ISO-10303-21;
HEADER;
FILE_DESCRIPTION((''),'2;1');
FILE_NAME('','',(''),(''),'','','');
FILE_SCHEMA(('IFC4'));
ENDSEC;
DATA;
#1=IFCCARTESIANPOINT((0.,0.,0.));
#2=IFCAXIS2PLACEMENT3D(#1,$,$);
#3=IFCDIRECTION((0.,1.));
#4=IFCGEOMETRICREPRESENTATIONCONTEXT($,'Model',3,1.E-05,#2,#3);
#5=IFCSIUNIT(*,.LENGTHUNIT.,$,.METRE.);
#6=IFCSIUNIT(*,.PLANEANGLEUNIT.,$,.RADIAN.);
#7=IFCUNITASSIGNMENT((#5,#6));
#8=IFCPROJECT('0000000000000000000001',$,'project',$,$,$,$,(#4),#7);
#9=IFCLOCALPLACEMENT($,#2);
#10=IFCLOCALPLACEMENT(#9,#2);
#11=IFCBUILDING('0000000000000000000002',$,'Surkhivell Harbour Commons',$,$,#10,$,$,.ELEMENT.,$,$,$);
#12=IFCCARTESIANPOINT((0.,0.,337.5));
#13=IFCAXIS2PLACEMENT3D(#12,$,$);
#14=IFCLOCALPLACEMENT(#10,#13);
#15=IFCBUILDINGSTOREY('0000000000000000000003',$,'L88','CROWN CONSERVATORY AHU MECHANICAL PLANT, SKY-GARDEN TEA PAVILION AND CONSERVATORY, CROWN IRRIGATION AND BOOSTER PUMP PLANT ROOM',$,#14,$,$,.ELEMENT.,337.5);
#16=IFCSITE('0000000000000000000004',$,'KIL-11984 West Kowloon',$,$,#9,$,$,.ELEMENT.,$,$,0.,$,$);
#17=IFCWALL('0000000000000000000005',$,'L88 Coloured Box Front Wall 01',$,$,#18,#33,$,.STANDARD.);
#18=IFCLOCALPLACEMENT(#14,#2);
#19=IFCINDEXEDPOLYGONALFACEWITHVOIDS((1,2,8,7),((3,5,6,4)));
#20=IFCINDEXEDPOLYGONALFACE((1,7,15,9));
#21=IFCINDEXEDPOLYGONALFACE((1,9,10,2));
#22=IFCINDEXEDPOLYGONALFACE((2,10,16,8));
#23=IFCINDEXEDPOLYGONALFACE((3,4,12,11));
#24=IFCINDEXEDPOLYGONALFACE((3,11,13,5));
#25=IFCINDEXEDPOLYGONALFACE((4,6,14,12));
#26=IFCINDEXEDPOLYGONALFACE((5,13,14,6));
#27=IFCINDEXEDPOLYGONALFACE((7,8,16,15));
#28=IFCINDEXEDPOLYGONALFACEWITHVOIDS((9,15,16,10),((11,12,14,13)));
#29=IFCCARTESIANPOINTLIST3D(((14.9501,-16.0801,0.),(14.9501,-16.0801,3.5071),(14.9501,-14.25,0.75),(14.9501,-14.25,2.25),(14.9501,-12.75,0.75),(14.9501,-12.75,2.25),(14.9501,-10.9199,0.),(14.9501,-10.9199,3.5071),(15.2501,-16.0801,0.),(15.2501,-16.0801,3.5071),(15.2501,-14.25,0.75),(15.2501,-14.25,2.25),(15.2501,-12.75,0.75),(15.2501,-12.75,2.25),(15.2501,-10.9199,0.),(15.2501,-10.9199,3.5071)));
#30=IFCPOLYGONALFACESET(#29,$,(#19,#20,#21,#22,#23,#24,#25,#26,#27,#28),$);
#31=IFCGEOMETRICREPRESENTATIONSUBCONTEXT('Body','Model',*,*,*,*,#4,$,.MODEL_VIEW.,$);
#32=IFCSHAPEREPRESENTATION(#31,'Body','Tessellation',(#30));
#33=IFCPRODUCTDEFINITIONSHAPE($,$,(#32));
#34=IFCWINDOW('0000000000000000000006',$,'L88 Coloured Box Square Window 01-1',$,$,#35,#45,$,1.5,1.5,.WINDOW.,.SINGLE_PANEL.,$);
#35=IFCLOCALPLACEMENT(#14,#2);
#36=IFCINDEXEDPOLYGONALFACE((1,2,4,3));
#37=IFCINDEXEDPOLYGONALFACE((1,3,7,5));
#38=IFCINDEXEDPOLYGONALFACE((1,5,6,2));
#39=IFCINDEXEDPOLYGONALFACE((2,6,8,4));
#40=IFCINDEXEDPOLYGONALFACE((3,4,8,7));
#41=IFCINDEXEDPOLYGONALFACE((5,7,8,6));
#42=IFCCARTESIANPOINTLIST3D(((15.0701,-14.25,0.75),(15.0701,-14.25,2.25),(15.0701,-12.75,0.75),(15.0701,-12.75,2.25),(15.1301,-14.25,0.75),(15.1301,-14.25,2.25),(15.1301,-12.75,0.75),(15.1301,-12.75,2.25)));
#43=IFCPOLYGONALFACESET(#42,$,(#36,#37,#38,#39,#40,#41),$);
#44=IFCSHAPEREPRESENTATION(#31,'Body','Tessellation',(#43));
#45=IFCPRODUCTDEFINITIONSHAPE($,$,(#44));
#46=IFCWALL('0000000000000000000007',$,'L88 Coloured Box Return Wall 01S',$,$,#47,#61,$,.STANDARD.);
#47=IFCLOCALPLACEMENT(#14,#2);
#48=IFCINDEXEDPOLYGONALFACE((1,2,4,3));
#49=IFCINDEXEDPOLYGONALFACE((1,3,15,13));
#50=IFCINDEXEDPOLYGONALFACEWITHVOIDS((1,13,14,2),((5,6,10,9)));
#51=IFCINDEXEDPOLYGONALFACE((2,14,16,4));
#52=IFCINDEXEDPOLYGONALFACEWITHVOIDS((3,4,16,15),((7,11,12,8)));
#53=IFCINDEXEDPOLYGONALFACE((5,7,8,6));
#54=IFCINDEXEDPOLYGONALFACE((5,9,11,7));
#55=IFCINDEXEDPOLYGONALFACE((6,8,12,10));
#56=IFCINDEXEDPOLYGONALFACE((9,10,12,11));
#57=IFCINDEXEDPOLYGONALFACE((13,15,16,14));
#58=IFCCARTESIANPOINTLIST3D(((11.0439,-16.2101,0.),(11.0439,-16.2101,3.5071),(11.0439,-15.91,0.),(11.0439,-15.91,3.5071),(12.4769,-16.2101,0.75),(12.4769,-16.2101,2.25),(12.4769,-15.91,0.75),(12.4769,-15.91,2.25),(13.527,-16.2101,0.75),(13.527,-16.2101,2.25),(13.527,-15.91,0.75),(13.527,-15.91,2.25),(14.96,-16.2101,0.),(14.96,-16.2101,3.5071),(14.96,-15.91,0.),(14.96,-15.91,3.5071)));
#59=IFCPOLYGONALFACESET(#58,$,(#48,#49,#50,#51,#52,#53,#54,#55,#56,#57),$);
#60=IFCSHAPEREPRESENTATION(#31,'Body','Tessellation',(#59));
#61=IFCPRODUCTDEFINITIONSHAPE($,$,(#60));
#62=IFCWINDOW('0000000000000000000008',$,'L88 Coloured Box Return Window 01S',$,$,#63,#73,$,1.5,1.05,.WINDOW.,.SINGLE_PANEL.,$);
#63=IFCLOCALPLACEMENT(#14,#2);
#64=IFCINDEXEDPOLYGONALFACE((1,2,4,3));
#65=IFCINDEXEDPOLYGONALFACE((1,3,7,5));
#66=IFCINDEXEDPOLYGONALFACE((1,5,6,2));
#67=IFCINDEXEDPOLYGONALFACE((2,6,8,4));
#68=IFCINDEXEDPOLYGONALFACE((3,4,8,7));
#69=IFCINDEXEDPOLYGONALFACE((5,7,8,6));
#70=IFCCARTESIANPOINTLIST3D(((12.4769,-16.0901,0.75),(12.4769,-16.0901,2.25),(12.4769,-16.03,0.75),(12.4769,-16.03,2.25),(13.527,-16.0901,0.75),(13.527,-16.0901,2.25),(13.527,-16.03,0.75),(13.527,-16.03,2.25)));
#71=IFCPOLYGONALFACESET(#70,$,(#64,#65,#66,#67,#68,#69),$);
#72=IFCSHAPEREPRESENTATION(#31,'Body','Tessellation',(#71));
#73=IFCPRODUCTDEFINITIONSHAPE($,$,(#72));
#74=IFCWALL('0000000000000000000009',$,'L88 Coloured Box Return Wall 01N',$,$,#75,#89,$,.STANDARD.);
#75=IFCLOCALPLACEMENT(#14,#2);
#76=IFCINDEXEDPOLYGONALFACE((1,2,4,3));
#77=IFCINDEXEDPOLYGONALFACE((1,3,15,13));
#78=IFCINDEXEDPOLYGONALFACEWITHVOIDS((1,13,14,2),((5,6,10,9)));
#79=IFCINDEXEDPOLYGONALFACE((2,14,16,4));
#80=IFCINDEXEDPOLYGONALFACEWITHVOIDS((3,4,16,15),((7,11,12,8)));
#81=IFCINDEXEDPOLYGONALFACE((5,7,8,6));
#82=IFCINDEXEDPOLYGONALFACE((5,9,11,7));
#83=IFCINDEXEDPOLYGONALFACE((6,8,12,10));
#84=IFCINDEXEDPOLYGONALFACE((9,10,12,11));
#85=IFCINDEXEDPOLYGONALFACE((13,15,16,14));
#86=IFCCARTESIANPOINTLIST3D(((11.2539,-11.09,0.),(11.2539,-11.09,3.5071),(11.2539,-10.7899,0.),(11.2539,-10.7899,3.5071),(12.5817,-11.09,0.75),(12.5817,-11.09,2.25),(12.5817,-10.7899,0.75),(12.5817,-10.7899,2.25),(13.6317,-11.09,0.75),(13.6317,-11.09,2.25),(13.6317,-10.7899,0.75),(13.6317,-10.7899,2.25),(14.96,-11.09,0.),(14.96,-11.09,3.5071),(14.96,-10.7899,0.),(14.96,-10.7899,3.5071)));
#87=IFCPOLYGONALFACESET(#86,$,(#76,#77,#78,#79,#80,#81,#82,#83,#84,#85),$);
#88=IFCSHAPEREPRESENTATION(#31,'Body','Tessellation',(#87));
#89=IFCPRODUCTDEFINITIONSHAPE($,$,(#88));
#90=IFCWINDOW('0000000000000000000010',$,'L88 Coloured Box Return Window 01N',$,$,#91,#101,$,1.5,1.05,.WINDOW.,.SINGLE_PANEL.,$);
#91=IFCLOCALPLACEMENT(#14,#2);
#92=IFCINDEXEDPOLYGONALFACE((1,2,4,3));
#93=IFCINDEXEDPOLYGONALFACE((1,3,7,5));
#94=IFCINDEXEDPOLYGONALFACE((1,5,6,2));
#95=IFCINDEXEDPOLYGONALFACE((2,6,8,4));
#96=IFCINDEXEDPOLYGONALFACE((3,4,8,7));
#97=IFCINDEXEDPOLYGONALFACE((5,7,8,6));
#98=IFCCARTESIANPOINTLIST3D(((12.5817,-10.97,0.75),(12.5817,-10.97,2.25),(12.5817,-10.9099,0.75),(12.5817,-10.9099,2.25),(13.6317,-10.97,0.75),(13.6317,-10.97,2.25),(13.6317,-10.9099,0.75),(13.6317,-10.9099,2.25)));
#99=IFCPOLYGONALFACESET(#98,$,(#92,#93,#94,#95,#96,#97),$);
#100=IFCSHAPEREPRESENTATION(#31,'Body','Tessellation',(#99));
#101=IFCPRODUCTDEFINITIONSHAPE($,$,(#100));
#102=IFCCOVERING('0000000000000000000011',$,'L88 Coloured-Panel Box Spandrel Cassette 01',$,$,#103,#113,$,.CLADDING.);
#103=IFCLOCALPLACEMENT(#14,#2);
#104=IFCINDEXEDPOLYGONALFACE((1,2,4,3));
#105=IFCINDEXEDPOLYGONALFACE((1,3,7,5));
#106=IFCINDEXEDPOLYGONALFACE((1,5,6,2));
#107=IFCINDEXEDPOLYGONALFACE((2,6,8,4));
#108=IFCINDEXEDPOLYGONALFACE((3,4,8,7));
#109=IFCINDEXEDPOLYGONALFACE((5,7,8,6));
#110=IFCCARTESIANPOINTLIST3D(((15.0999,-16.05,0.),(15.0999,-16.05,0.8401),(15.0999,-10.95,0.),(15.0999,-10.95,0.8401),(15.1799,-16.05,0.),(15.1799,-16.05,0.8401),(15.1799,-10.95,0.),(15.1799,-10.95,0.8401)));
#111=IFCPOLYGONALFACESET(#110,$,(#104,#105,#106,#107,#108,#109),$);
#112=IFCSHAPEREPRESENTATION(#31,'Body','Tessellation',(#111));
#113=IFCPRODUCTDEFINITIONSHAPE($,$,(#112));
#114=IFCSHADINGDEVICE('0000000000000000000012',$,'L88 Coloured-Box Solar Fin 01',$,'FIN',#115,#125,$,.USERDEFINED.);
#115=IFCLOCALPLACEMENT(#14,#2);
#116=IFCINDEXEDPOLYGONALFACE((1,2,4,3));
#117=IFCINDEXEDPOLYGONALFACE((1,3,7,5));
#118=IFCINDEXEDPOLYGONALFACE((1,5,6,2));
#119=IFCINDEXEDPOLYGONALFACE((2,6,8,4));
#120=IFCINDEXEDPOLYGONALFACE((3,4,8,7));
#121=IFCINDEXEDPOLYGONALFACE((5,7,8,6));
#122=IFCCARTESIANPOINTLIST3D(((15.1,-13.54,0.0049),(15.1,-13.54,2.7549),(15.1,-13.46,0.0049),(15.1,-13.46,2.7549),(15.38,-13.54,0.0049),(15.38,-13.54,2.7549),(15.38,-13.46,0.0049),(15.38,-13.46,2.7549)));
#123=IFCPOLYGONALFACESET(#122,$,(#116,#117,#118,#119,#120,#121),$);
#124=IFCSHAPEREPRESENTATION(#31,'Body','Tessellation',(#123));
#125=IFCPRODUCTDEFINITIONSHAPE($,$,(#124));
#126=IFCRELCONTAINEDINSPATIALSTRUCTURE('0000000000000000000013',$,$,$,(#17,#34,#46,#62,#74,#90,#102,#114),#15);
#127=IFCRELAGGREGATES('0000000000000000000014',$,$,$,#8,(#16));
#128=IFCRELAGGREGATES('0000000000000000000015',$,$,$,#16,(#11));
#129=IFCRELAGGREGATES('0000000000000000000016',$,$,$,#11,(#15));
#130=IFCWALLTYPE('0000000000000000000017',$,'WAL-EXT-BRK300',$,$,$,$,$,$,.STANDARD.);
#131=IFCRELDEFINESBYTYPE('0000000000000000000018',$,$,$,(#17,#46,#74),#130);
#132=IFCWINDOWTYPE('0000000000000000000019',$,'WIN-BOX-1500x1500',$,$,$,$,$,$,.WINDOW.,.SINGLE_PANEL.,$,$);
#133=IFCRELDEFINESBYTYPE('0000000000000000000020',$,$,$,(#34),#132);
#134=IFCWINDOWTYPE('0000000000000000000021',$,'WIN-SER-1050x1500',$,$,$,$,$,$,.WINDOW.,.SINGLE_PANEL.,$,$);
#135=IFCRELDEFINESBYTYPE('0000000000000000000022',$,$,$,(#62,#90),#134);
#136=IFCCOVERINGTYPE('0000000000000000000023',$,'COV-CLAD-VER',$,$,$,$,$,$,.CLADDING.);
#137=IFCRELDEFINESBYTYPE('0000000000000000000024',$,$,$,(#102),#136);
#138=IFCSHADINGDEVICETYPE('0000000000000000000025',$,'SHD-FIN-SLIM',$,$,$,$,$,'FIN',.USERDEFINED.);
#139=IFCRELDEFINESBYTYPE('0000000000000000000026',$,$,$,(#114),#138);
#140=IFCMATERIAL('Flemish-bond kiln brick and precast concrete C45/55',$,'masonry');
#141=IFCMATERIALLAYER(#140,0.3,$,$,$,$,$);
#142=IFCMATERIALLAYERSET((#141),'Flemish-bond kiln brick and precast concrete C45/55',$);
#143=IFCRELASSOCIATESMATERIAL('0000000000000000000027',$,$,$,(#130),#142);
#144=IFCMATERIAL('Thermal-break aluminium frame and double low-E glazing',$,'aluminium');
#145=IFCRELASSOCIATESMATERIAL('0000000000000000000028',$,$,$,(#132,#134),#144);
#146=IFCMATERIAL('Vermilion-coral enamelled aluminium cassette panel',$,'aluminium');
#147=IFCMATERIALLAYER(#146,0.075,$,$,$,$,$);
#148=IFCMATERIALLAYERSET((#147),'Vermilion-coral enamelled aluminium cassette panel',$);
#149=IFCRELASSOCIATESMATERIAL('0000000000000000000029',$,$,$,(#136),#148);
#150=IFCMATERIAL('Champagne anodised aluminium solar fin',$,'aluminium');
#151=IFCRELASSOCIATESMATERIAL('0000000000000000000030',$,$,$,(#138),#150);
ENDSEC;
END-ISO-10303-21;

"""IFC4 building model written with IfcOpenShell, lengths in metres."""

from ifc_helpers import new_model, si_unit, direction, frame, frame_2d, origin, origin_2d, place, context, subcontext, project, spatial, rectangle, extrude, material, layer, layer_set, type_object, element, fill, save


model = new_model("IFC4")

# Units and contexts
model_context = context("Model", 3, precision=1e-05, world=origin(), true_north=direction((0.0, 1.0)))
body_context = subcontext(model_context, "Body", "Model", "MODEL_VIEW")
ifc_project = project(units=[si_unit("LENGTHUNIT", "METRE"), si_unit("PLANEANGLEUNIT", "RADIAN")], contexts=[model_context])

# Site, building, storey
site_placement = place(None, origin())
site = spatial("IfcSite", under=ifc_project, at=site_placement, Name="KIL-11984 West Kowloon", CompositionType="ELEMENT", RefElevation=0.0)
building_placement = place(site_placement, origin())
building = spatial("IfcBuilding", under=site, at=building_placement, Name="Surkhivell Harbour Commons", CompositionType="ELEMENT")
storey_placement = place(building_placement, frame((0.0, 0.0, 337.5)))
storey = spatial("IfcBuildingStorey", under=building, at=storey_placement, Name="L88", Description="CROWN CONSERVATORY AHU MECHANICAL PLANT, SKY-GARDEN TEA PAVILION AND CONSERVATORY, CROWN IRRIGATION AND BOOSTER PUMP PLANT ROOM", CompositionType="ELEMENT", Elevation=337.5)

# Walls, openings, windows
ifc_material_1 = material(Name="Flemish-bond kiln brick and precast concrete C45/55", Category="masonry")
ifc_layer_1 = layer(ifc_material_1, 0.3)
ifc_layer_set_1 = layer_set([ifc_layer_1], Name="Flemish-bond kiln brick and precast concrete C45/55")
wall_type_1 = type_object("IfcWallType", Name="WAL-EXT-BRK300", PredefinedType="STANDARD", material=ifc_layer_set_1)
wall_1_placement = place(storey_placement, frame((15.1001, -16.0801, 0.0), z_axis=(0.0, 0.0, 1.0), x_axis=(0.0, 1.0, 0.0)))
wall_1 = element("IfcWall", 1, at=wall_1_placement, inside=storey, type_object=wall_type_1, Name="L88 Coloured Box Front Wall 01", PredefinedType="STANDARD", context=body_context, shape_type="SweptSolid", body=[
    extrude(rectangle(XDim=5.1602, YDim=0.3, at=frame_2d((2.5801, 0.0))), origin(), (0.0, 0.0, 1.0), 3.5071),
])
opening_1_placement = place(wall_1_placement, frame((1.8301, 0.0, 0.75)))
opening_1 = element("IfcOpeningElement", 2, at=opening_1_placement, cuts=wall_1, PredefinedType="OPENING", context=body_context, shape_type="SweptSolid", body=[
    extrude(rectangle(XDim=1.5, YDim=1.5, at=frame_2d((0.75, 0.75))), frame((0.0, 0.1599, 0.0), z_axis=(0.0, -1.0, 0.0), x_axis=(1.0, 0.0, 0.0)), (0.0, 0.0, 1.0), 0.3201),
])
ifc_material_2 = material(Name="Thermal-break aluminium frame and double low-E glazing", Category="aluminium")
window_type_1 = type_object("IfcWindowType", Name="WIN-BOX-1500x1500", PartitioningType="SINGLE_PANEL", PredefinedType="WINDOW", material=ifc_material_2)
window_1_placement = place(opening_1_placement, origin())
window_1 = element("IfcWindow", 3, at=window_1_placement, inside=storey, type_object=window_type_1, Name="L88 Coloured Box Square Window 01-1", OverallHeight=1.5, OverallWidth=1.5, PartitioningType="SINGLE_PANEL", PredefinedType="WINDOW", context=body_context, shape_type="SweptSolid", body=[
    extrude(rectangle(XDim=1.5, YDim=1.5, at=frame_2d((0.75, 0.75))), frame((0.0, 0.03, 0.0), z_axis=(0.0, -1.0, 0.0), x_axis=(1.0, 0.0, 0.0)), (0.0, 0.0, 1.0), 0.0601),
])
fill(opening_1, window_1)
wall_2_placement = place(storey_placement, frame((11.0439, -16.0601, 0.0), z_axis=(0.0, 0.0, 1.0), x_axis=(1.0, 0.0, 0.0)))
wall_2 = element("IfcWall", 4, at=wall_2_placement, inside=storey, type_object=wall_type_1, Name="L88 Coloured Box Return Wall 01S", PredefinedType="STANDARD", context=body_context, shape_type="SweptSolid", body=[
    extrude(rectangle(XDim=3.916, YDim=0.3, at=frame_2d((1.958, 0.0))), origin(), (0.0, 0.0, 1.0), 3.5071),
])
opening_2_placement = place(wall_2_placement, frame((1.4331, 0.0, 0.75)))
opening_2 = element("IfcOpeningElement", 5, at=opening_2_placement, cuts=wall_2, PredefinedType="OPENING", context=body_context, shape_type="SweptSolid", body=[
    extrude(rectangle(XDim=1.05, YDim=1.5, at=frame_2d((0.5249, 0.75))), frame((0.0, 0.1599, 0.0), z_axis=(0.0, -1.0, 0.0), x_axis=(1.0, 0.0, 0.0)), (0.0, 0.0, 1.0), 0.3201),
])
window_type_2 = type_object("IfcWindowType", Name="WIN-SER-1050x1500", PartitioningType="SINGLE_PANEL", PredefinedType="WINDOW", material=ifc_material_2)
window_2_placement = place(opening_2_placement, origin())
window_2 = element("IfcWindow", 6, at=window_2_placement, inside=storey, type_object=window_type_2, Name="L88 Coloured Box Return Window 01S", OverallHeight=1.5, OverallWidth=1.05, PartitioningType="SINGLE_PANEL", PredefinedType="WINDOW", context=body_context, shape_type="SweptSolid", body=[
    extrude(rectangle(XDim=1.05, YDim=1.5, at=frame_2d((0.5249, 0.75))), frame((0.0, 0.03, 0.0), z_axis=(0.0, -1.0, 0.0), x_axis=(1.0, 0.0, 0.0)), (0.0, 0.0, 1.0), 0.0601),
])
fill(opening_2, window_2)
wall_3_placement = place(storey_placement, frame((11.2539, -10.9399, 0.0), z_axis=(0.0, 0.0, 1.0), x_axis=(1.0, 0.0, 0.0)))
wall_3 = element("IfcWall", 7, at=wall_3_placement, inside=storey, type_object=wall_type_1, Name="L88 Coloured Box Return Wall 01N", PredefinedType="STANDARD", context=body_context, shape_type="SweptSolid", body=[
    extrude(rectangle(XDim=3.7061, YDim=0.3, at=frame_2d((1.853, 0.0))), origin(), (0.0, 0.0, 1.0), 3.5071),
])
opening_3_placement = place(wall_3_placement, frame((1.3279, 0.0, 0.75)))
opening_3 = element("IfcOpeningElement", 8, at=opening_3_placement, cuts=wall_3, PredefinedType="OPENING", context=body_context, shape_type="SweptSolid", body=[
    extrude(rectangle(XDim=1.05, YDim=1.5, at=frame_2d((0.5249, 0.75))), frame((0.0, 0.1599, 0.0), z_axis=(0.0, -1.0, 0.0), x_axis=(1.0, 0.0, 0.0)), (0.0, 0.0, 1.0), 0.3201),
])
window_3_placement = place(opening_3_placement, origin())
window_3 = element("IfcWindow", 9, at=window_3_placement, inside=storey, type_object=window_type_2, Name="L88 Coloured Box Return Window 01N", OverallHeight=1.5, OverallWidth=1.05, PartitioningType="SINGLE_PANEL", PredefinedType="WINDOW", context=body_context, shape_type="SweptSolid", body=[
    extrude(rectangle(XDim=1.05, YDim=1.5, at=frame_2d((0.5249, 0.75))), frame((0.0, 0.03, 0.0), z_axis=(0.0, -1.0, 0.0), x_axis=(1.0, 0.0, 0.0)), (0.0, 0.0, 1.0), 0.0601),
])
fill(opening_3, window_3)

# Covering
ifc_material_3 = material(Name="Vermilion-coral enamelled aluminium cassette panel", Category="aluminium")
ifc_layer_2 = layer(ifc_material_3, 0.075)
ifc_layer_set_2 = layer_set([ifc_layer_2], Name="Vermilion-coral enamelled aluminium cassette panel")
covering_type = type_object("IfcCoveringType", Name="COV-CLAD-VER", PredefinedType="CLADDING", material=ifc_layer_set_2)
covering_placement = place(storey_placement, frame((15.1399, -13.5, 0.0), z_axis=(0.0, 0.0, 1.0), x_axis=(1.0, 0.0, 0.0)))
element("IfcCovering", 10, at=covering_placement, inside=storey, type_object=covering_type, Name="L88 Coloured-Panel Box Spandrel Cassette 01", PredefinedType="CLADDING", context=body_context, shape_type="SweptSolid", body=[
    extrude(rectangle(XDim=0.0801, YDim=5.1001, at=origin_2d()), origin(), (0.0, 0.0, 1.0), 0.8401),
])

# Shading device
ifc_material_4 = material(Name="Champagne anodised aluminium solar fin", Category="aluminium")
shading_device_type = type_object("IfcShadingDeviceType", Name="SHD-FIN-SLIM", ElementType="FIN", PredefinedType="USERDEFINED", material=ifc_material_4)
shading_device_placement = place(storey_placement, frame((15.24, -13.5, 0.0049), z_axis=(0.0, 0.0, 1.0), x_axis=(1.0, 0.0, 0.0)))
element("IfcShadingDevice", 11, at=shading_device_placement, inside=storey, type_object=shading_device_type, Name="L88 Coloured-Box Solar Fin 01", ObjectType="FIN", PredefinedType="USERDEFINED", context=body_context, shape_type="SweptSolid", body=[
    extrude(rectangle(XDim=0.28, YDim=0.0801, at=origin_2d()), origin(), (0.0, 0.0, 1.0), 2.75),
])

save(model, "model.ifc")
